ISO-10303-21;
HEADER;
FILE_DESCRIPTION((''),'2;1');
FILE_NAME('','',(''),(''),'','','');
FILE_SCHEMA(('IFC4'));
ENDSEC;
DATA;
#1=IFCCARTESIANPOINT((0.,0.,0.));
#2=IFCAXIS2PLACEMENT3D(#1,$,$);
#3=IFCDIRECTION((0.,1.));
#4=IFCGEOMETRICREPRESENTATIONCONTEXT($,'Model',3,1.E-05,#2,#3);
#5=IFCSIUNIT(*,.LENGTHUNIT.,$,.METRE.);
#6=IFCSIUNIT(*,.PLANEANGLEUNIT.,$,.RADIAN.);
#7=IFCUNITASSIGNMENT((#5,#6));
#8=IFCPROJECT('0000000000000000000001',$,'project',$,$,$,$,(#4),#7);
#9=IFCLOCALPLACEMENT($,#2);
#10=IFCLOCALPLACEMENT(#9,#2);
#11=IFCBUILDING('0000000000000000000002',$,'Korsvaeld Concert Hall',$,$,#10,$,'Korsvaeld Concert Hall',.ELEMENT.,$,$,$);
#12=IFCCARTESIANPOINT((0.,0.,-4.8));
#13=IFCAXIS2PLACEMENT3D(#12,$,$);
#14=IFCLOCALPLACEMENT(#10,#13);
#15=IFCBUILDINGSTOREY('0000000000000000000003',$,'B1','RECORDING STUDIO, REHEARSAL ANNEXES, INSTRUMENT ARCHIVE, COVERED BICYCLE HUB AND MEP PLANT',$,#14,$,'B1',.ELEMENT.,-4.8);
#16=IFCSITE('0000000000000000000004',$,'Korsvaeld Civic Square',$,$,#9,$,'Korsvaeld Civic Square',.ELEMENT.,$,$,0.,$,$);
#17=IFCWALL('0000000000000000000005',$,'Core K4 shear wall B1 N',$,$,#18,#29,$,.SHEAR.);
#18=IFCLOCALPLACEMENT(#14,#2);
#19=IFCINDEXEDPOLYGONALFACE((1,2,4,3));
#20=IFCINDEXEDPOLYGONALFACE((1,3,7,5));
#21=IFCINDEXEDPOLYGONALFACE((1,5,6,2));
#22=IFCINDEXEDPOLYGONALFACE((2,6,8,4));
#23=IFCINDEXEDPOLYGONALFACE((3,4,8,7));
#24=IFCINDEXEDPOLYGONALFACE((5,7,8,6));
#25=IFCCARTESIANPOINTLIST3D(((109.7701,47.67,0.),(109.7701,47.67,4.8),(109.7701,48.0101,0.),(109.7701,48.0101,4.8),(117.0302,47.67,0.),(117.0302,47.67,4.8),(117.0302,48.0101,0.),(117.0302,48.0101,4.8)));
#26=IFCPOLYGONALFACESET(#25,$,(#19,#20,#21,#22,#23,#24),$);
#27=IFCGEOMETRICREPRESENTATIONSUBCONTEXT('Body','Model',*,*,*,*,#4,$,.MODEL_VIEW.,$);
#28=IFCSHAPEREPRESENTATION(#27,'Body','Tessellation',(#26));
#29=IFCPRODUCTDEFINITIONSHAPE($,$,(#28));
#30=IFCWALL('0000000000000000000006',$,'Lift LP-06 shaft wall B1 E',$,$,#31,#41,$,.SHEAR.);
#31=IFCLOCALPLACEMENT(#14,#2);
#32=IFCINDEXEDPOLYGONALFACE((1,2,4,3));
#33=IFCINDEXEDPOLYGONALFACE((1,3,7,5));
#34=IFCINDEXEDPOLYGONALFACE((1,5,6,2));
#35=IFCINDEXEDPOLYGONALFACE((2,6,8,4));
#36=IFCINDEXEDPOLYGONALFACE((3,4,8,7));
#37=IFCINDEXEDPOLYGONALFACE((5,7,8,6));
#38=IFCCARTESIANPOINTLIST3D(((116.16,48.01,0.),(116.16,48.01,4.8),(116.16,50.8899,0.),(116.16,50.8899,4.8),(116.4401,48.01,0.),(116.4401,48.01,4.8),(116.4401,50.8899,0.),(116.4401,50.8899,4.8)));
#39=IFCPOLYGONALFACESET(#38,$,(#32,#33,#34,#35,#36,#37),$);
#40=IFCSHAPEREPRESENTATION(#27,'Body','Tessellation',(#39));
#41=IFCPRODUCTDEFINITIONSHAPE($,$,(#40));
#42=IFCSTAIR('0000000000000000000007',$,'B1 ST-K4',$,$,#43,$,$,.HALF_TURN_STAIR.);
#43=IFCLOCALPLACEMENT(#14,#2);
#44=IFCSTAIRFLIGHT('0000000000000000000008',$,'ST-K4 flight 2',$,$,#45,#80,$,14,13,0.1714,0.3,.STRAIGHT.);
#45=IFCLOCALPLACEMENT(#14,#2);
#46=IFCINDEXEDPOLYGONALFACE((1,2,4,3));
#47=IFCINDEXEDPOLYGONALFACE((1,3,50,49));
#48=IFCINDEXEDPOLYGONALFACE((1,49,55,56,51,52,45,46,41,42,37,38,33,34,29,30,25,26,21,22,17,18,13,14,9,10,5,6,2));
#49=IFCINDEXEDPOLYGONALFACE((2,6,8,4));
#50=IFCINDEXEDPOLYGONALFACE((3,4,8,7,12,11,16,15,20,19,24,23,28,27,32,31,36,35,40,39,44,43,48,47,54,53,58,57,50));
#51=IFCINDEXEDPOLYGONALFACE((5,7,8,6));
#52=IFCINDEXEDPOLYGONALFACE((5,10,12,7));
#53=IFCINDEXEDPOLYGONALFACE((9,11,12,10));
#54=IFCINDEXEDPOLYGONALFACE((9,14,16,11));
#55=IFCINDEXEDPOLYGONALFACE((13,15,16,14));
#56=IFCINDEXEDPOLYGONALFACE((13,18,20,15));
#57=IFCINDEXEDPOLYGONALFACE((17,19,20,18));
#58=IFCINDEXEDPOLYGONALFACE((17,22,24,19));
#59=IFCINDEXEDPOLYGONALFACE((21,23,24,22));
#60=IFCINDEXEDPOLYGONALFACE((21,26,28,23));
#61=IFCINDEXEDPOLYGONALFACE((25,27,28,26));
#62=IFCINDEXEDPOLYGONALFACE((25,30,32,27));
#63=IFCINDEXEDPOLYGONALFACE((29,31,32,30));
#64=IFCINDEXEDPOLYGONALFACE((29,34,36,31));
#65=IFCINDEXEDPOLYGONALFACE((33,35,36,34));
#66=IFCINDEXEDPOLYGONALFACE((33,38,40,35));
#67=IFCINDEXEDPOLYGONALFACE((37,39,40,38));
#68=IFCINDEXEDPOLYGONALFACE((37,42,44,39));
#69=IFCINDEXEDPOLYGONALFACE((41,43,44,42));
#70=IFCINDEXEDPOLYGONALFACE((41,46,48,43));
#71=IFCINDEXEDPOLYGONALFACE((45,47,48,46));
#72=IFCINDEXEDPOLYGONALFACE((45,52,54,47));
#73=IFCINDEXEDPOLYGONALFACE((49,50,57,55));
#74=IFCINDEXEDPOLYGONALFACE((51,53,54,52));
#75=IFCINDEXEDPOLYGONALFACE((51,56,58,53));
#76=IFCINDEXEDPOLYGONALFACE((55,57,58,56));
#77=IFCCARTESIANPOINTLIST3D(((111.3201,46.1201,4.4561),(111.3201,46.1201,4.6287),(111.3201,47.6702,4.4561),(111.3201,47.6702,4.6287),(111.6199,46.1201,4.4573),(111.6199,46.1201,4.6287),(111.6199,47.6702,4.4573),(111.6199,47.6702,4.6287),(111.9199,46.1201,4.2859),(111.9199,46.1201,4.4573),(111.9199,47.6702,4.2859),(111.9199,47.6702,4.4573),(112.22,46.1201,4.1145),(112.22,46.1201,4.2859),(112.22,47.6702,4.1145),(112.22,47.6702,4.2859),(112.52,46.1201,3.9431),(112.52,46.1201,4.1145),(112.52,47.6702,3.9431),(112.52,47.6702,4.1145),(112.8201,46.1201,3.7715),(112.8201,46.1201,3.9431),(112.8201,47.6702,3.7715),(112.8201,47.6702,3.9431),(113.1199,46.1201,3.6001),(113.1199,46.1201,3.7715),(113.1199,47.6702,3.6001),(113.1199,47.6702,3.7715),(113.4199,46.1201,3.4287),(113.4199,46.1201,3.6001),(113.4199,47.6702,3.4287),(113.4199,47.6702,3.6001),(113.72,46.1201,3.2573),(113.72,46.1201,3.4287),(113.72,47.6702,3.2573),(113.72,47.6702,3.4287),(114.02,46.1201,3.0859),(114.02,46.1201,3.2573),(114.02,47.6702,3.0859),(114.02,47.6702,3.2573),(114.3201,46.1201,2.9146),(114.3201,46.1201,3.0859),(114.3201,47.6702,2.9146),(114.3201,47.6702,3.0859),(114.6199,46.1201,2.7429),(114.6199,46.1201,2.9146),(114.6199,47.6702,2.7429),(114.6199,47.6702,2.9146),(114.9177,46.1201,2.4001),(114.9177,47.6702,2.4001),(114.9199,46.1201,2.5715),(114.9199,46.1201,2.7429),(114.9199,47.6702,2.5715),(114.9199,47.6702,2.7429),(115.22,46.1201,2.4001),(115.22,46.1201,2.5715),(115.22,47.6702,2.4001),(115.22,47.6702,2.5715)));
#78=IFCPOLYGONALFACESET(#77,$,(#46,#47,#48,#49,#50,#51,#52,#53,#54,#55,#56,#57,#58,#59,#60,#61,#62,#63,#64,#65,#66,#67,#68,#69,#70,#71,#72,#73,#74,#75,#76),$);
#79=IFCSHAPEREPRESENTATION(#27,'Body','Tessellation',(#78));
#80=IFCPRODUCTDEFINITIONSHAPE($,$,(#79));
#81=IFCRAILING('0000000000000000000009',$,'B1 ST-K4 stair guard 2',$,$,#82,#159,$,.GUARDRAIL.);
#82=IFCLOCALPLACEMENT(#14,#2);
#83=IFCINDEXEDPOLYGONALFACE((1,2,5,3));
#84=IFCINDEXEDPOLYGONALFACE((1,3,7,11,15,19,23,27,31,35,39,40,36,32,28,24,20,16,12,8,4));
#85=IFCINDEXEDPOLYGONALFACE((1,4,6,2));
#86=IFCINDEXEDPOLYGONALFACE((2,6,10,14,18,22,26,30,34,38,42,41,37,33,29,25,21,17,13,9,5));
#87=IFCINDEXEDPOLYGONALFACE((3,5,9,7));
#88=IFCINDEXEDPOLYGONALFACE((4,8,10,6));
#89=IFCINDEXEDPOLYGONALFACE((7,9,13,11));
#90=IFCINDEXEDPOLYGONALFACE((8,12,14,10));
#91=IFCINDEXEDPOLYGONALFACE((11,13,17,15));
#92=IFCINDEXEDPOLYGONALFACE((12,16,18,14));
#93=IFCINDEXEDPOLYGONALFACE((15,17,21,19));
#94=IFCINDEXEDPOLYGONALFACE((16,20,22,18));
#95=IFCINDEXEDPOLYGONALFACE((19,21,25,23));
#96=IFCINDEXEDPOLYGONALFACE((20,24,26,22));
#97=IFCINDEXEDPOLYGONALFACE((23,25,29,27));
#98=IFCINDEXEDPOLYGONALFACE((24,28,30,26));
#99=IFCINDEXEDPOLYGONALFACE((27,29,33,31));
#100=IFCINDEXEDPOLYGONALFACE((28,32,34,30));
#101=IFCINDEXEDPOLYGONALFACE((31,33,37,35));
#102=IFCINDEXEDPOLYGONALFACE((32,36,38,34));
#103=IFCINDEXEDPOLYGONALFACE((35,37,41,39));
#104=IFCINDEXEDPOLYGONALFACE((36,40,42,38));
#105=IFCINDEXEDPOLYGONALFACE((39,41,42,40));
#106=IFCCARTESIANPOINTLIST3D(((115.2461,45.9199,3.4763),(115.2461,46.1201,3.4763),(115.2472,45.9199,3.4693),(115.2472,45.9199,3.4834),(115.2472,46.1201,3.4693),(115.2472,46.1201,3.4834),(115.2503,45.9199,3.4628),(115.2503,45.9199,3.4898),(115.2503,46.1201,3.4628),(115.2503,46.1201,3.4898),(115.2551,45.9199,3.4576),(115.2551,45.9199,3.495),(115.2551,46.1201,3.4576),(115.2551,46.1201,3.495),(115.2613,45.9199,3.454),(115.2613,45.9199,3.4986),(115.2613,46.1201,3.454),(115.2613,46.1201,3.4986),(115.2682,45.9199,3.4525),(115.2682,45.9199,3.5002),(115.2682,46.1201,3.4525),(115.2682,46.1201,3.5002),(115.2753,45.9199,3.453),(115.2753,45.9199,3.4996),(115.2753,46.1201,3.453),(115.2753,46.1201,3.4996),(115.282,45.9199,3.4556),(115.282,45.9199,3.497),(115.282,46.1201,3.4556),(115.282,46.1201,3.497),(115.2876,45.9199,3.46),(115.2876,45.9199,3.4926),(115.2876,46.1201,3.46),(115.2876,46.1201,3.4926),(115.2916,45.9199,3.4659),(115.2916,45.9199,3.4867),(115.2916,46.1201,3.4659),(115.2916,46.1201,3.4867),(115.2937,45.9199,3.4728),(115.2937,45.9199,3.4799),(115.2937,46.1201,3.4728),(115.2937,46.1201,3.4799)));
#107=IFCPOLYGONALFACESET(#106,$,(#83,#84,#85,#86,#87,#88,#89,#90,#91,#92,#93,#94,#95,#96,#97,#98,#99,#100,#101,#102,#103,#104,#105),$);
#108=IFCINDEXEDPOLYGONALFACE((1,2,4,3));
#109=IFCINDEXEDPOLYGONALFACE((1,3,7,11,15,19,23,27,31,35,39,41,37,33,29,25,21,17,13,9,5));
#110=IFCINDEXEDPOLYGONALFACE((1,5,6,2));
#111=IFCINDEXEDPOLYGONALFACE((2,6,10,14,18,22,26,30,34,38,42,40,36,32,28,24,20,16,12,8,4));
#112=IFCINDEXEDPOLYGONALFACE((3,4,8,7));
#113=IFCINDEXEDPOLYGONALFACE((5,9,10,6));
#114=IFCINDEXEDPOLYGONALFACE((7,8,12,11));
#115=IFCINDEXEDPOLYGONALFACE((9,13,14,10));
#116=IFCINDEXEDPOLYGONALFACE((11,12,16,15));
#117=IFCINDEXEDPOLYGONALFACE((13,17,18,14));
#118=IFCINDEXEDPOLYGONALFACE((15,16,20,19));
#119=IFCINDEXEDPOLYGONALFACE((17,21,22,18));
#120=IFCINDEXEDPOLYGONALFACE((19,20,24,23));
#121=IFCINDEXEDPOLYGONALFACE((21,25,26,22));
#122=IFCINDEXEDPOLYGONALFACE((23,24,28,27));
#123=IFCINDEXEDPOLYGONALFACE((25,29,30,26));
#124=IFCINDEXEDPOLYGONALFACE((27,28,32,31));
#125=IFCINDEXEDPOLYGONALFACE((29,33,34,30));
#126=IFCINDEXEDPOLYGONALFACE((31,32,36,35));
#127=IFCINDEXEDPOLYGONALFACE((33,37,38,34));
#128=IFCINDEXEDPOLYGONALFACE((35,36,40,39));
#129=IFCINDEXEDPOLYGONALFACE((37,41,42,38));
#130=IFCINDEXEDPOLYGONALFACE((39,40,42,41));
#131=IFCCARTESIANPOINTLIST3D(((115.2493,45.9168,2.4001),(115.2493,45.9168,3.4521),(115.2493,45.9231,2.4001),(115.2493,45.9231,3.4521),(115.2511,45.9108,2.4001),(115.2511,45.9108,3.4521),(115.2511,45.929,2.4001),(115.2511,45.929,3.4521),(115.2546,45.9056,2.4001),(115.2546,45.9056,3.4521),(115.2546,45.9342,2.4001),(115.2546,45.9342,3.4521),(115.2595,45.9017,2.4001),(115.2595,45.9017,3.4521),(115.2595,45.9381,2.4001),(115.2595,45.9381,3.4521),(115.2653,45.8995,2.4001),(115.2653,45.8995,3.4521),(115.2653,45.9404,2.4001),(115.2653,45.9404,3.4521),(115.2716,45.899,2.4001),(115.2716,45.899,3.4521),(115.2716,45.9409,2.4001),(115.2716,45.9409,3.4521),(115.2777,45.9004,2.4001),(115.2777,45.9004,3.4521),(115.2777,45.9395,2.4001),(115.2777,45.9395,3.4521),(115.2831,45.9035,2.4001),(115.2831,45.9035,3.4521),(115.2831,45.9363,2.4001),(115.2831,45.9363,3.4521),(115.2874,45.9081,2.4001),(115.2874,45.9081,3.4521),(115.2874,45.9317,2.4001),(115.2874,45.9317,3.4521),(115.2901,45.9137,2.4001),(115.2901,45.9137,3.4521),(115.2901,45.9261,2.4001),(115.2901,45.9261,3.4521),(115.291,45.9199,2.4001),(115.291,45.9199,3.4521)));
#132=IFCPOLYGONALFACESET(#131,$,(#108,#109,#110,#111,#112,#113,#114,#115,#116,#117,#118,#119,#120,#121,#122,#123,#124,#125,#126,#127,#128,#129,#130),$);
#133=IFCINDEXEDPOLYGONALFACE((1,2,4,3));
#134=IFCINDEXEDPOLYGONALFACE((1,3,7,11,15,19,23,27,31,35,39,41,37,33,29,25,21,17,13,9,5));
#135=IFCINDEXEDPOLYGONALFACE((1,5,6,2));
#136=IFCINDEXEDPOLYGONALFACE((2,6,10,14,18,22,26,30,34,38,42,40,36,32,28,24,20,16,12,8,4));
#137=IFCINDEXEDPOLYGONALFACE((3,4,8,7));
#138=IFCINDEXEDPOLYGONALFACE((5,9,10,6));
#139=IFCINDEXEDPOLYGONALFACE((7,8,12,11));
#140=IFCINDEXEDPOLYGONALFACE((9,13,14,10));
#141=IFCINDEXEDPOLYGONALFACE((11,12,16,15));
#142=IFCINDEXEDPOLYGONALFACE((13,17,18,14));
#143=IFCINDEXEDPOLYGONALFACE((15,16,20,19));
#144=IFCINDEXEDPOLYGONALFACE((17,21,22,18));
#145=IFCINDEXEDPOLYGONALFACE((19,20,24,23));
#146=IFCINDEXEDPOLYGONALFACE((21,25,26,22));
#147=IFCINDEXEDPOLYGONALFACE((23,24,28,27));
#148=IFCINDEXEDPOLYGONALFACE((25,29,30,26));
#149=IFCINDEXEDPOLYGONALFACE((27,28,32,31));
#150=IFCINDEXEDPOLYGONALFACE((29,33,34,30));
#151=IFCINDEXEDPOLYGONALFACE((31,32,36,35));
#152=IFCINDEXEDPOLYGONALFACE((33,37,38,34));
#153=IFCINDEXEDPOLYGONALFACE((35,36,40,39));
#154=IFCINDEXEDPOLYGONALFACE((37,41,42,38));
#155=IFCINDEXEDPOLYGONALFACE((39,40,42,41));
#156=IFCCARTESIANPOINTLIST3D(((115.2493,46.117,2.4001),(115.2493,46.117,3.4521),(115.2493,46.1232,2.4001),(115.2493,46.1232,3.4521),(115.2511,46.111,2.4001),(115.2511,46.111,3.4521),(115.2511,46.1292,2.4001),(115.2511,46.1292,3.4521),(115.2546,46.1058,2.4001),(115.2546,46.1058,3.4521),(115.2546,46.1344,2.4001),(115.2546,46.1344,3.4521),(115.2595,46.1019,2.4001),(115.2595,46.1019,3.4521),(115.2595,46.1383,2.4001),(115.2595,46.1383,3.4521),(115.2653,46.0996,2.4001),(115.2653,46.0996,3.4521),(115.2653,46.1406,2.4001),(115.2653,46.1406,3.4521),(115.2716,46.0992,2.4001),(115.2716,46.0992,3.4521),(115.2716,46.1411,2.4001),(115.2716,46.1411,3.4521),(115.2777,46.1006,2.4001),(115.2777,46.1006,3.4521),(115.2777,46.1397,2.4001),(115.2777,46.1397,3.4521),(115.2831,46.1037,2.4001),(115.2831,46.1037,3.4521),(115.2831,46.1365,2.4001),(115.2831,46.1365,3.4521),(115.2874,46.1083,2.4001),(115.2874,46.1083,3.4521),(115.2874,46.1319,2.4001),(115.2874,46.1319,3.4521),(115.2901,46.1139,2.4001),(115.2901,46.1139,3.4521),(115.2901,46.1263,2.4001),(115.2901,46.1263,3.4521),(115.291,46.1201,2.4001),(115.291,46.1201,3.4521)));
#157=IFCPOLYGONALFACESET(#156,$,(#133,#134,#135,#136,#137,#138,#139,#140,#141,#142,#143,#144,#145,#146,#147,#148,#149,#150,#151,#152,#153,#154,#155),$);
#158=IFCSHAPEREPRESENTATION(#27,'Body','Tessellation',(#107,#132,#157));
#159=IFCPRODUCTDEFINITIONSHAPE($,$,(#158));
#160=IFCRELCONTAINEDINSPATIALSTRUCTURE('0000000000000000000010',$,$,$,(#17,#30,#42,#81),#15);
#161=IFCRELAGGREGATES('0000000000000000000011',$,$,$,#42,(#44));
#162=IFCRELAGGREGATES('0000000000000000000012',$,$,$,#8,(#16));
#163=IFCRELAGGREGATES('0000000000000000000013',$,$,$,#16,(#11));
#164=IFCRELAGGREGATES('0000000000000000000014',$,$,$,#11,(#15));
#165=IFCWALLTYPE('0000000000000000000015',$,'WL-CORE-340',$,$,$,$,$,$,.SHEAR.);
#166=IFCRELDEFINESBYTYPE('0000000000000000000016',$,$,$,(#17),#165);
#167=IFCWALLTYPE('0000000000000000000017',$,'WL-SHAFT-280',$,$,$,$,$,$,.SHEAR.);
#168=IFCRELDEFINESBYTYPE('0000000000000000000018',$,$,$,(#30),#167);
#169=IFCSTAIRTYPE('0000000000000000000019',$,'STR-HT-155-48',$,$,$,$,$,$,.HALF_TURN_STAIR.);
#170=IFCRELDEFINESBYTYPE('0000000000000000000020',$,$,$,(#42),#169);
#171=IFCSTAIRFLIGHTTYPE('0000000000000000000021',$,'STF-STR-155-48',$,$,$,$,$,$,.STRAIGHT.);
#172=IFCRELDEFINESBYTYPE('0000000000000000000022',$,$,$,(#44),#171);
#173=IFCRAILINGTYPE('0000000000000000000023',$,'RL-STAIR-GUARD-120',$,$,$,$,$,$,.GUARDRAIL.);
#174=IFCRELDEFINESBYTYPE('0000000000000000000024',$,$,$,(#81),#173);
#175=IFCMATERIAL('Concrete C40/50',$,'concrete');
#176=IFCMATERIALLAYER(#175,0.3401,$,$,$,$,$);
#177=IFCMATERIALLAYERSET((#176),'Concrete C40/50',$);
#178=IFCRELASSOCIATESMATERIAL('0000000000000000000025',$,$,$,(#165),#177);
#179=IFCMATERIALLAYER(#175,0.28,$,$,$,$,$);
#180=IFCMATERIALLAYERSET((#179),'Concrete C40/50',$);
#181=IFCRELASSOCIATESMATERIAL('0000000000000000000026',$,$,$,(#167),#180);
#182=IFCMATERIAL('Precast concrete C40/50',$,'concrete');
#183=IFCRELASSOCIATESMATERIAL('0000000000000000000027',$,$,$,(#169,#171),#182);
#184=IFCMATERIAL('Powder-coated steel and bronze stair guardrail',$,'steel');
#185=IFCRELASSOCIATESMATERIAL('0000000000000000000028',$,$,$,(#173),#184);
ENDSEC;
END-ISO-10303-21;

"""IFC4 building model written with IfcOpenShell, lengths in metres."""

from ifc_helpers import new_model, si_unit, direction, frame, frame_2d, origin, origin_2d, place, context, subcontext, project, spatial, polyline, rectangle, circle, outline, extrude, material, layer, layer_set, type_object, element, aggregate, save


model = new_model("IFC4")

# Units and contexts
model_context = context("Model", 3, precision=1e-05, world=origin(), true_north=direction((0.0, 1.0)))
body_context = subcontext(model_context, "Body", "Model", "MODEL_VIEW")
ifc_project = project(units=[si_unit("LENGTHUNIT", "METRE"), si_unit("PLANEANGLEUNIT", "RADIAN")], contexts=[model_context])

# Site, building, storey
site_placement = place(None, origin())
site = spatial("IfcSite", under=ifc_project, at=site_placement, Name="Korsvaeld Civic Square", LongName="Korsvaeld Civic Square", CompositionType="ELEMENT", RefElevation=0.0)
building_placement = place(site_placement, origin())
building = spatial("IfcBuilding", under=site, at=building_placement, Name="Korsvaeld Concert Hall", LongName="Korsvaeld Concert Hall", CompositionType="ELEMENT")
storey_placement = place(building_placement, frame((0.0, 0.0, -4.8)))
storey = spatial("IfcBuildingStorey", under=building, at=storey_placement, Name="B1", Description="RECORDING STUDIO, REHEARSAL ANNEXES, INSTRUMENT ARCHIVE, COVERED BICYCLE HUB AND MEP PLANT", LongName="B1", CompositionType="ELEMENT", Elevation=-4.8)

# Shared definitions
ifc_material_1 = material(Name="Concrete C40/50", Category="concrete")

# Walls
ifc_layer_1 = layer(ifc_material_1, 0.3401)
ifc_layer_set_1 = layer_set([ifc_layer_1], Name="Concrete C40/50")
wall_type_1 = type_object("IfcWallType", Name="WL-CORE-340", PredefinedType="SHEAR", material=ifc_layer_set_1)
wall_1_placement = place(storey_placement, frame((117.03, 47.8401, 0.0), z_axis=(0.0, 0.0, 1.0), x_axis=(-1.0, 0.0, 0.0)))
element("IfcWall", 1, at=wall_1_placement, inside=storey, type_object=wall_type_1, Name="Core K4 shear wall B1 N", PredefinedType="SHEAR", context=body_context, shape_type="SweptSolid", body=[
    extrude(rectangle(XDim=7.26, YDim=0.3401, at=frame_2d((3.6299, 0.0))), origin(), (0.0, 0.0, 1.0), 4.8),
])
ifc_layer_2 = layer(ifc_material_1, 0.28)
ifc_layer_set_2 = layer_set([ifc_layer_2], Name="Concrete C40/50")
wall_type_2 = type_object("IfcWallType", Name="WL-SHAFT-280", PredefinedType="SHEAR", material=ifc_layer_set_2)
wall_2_placement = place(storey_placement, frame((116.3, 48.01, 0.0), z_axis=(0.0, 0.0, 1.0), x_axis=(0.0, 1.0, 0.0)))
element("IfcWall", 2, at=wall_2_placement, inside=storey, type_object=wall_type_2, Name="Lift LP-06 shaft wall B1 E", PredefinedType="SHEAR", context=body_context, shape_type="SweptSolid", body=[
    extrude(rectangle(XDim=2.8799, YDim=0.28, at=frame_2d((1.4399, 0.0))), origin(), (0.0, 0.0, 1.0), 4.8),
])

# Stair, stair flight
ifc_material_2 = material(Name="Precast concrete C40/50", Category="concrete")
stair_type = type_object("IfcStairType", Name="STR-HT-155-48", PredefinedType="HALF_TURN_STAIR", material=ifc_material_2)
stair_placement = place(storey_placement, origin())
stair = element("IfcStair", 3, at=stair_placement, inside=storey, type_object=stair_type, Name="B1 ST-K4", PredefinedType="HALF_TURN_STAIR")
stair_flight_type = type_object("IfcStairFlightType", Name="STF-STR-155-48", PredefinedType="STRAIGHT", material=ifc_material_2)
stair_flight_placement = place(storey_placement, frame((115.22, 46.895, 2.4001), z_axis=(0.0, 0.0, 1.0), x_axis=(-1.0, 0.0, 0.0)))
stair_flight = element("IfcStairFlight", 4, at=stair_flight_placement, type_object=stair_flight_type, Name="ST-K4 flight 2", NumberOfRisers=14, NumberOfTreads=13, PredefinedType="STRAIGHT", RiserHeight=0.1714, TreadLength=0.3, context=body_context, shape_type="SweptSolid", body=[
    extrude(outline(polyline([(0.0, 0.0), (0.0, 0.1714), (0.3, 0.1714), (0.3, 0.3428), (0.6001, 0.3428), (0.6001, 0.5144), (0.8999, 0.5144), (0.8999, 0.6858), (1.2, 0.6858), (1.2, 0.8572), (1.5, 0.8572), (1.5, 1.0286), (1.8, 1.0286), (1.8, 1.2), (2.1001, 1.2), (2.1001, 1.3713), (2.3999, 1.3713), (2.3999, 1.543), (2.7, 1.543), (2.7, 1.7144), (3.0, 1.7144), (3.0, 1.8857), (3.3, 1.8857), (3.3, 2.0571), (3.6001, 2.0571), (3.6001, 2.2285), (3.8999, 2.2285), (3.8999, 2.3999), (3.8999, 2.0559), (0.3022, 0.0), (0.0, 0.0)])), frame((0.0, 0.7749, 0.0), z_axis=(0.0, -1.0, 0.0), x_axis=(1.0, 0.0, 0.0)), (0.0, 0.0, 1.0), 1.55),
])
aggregate(stair, [stair_flight])

# Railing
ifc_material_3 = material(Name="Powder-coated steel and bronze stair guardrail", Category="steel")
railing_type_1 = type_object("IfcRailingType", Name="RL-STAIR-GUARD-120", PredefinedType="GUARDRAIL", material=ifc_material_3)
railing_1_placement = place(storey_placement, frame((115.27, 45.9199, 2.4001)))
element("IfcRailing", 5, at=railing_1_placement, inside=storey, type_object=railing_type_1, Name="B1 ST-K4 stair guard 2", PredefinedType="GUARDRAIL", context=body_context, shape_type="SweptSolid", body=[
    extrude(circle(Radius=0.0239, at=origin_2d()), frame((0.0, 0.0, 1.0762), z_axis=(0.0, 1.0, 0.0), x_axis=(-1.0, 0.0, 0.0)), (0.0, 0.0, 1.0), 0.2002),
    extrude(circle(Radius=0.021, at=origin_2d()), origin(), (0.0, 0.0, 1.0), 1.052),
    extrude(circle(Radius=0.021, at=origin_2d()), frame((0.0, 0.2002, 0.0)), (0.0, 0.0, 1.0), 1.052),
])

save(model, "model.ifc")
